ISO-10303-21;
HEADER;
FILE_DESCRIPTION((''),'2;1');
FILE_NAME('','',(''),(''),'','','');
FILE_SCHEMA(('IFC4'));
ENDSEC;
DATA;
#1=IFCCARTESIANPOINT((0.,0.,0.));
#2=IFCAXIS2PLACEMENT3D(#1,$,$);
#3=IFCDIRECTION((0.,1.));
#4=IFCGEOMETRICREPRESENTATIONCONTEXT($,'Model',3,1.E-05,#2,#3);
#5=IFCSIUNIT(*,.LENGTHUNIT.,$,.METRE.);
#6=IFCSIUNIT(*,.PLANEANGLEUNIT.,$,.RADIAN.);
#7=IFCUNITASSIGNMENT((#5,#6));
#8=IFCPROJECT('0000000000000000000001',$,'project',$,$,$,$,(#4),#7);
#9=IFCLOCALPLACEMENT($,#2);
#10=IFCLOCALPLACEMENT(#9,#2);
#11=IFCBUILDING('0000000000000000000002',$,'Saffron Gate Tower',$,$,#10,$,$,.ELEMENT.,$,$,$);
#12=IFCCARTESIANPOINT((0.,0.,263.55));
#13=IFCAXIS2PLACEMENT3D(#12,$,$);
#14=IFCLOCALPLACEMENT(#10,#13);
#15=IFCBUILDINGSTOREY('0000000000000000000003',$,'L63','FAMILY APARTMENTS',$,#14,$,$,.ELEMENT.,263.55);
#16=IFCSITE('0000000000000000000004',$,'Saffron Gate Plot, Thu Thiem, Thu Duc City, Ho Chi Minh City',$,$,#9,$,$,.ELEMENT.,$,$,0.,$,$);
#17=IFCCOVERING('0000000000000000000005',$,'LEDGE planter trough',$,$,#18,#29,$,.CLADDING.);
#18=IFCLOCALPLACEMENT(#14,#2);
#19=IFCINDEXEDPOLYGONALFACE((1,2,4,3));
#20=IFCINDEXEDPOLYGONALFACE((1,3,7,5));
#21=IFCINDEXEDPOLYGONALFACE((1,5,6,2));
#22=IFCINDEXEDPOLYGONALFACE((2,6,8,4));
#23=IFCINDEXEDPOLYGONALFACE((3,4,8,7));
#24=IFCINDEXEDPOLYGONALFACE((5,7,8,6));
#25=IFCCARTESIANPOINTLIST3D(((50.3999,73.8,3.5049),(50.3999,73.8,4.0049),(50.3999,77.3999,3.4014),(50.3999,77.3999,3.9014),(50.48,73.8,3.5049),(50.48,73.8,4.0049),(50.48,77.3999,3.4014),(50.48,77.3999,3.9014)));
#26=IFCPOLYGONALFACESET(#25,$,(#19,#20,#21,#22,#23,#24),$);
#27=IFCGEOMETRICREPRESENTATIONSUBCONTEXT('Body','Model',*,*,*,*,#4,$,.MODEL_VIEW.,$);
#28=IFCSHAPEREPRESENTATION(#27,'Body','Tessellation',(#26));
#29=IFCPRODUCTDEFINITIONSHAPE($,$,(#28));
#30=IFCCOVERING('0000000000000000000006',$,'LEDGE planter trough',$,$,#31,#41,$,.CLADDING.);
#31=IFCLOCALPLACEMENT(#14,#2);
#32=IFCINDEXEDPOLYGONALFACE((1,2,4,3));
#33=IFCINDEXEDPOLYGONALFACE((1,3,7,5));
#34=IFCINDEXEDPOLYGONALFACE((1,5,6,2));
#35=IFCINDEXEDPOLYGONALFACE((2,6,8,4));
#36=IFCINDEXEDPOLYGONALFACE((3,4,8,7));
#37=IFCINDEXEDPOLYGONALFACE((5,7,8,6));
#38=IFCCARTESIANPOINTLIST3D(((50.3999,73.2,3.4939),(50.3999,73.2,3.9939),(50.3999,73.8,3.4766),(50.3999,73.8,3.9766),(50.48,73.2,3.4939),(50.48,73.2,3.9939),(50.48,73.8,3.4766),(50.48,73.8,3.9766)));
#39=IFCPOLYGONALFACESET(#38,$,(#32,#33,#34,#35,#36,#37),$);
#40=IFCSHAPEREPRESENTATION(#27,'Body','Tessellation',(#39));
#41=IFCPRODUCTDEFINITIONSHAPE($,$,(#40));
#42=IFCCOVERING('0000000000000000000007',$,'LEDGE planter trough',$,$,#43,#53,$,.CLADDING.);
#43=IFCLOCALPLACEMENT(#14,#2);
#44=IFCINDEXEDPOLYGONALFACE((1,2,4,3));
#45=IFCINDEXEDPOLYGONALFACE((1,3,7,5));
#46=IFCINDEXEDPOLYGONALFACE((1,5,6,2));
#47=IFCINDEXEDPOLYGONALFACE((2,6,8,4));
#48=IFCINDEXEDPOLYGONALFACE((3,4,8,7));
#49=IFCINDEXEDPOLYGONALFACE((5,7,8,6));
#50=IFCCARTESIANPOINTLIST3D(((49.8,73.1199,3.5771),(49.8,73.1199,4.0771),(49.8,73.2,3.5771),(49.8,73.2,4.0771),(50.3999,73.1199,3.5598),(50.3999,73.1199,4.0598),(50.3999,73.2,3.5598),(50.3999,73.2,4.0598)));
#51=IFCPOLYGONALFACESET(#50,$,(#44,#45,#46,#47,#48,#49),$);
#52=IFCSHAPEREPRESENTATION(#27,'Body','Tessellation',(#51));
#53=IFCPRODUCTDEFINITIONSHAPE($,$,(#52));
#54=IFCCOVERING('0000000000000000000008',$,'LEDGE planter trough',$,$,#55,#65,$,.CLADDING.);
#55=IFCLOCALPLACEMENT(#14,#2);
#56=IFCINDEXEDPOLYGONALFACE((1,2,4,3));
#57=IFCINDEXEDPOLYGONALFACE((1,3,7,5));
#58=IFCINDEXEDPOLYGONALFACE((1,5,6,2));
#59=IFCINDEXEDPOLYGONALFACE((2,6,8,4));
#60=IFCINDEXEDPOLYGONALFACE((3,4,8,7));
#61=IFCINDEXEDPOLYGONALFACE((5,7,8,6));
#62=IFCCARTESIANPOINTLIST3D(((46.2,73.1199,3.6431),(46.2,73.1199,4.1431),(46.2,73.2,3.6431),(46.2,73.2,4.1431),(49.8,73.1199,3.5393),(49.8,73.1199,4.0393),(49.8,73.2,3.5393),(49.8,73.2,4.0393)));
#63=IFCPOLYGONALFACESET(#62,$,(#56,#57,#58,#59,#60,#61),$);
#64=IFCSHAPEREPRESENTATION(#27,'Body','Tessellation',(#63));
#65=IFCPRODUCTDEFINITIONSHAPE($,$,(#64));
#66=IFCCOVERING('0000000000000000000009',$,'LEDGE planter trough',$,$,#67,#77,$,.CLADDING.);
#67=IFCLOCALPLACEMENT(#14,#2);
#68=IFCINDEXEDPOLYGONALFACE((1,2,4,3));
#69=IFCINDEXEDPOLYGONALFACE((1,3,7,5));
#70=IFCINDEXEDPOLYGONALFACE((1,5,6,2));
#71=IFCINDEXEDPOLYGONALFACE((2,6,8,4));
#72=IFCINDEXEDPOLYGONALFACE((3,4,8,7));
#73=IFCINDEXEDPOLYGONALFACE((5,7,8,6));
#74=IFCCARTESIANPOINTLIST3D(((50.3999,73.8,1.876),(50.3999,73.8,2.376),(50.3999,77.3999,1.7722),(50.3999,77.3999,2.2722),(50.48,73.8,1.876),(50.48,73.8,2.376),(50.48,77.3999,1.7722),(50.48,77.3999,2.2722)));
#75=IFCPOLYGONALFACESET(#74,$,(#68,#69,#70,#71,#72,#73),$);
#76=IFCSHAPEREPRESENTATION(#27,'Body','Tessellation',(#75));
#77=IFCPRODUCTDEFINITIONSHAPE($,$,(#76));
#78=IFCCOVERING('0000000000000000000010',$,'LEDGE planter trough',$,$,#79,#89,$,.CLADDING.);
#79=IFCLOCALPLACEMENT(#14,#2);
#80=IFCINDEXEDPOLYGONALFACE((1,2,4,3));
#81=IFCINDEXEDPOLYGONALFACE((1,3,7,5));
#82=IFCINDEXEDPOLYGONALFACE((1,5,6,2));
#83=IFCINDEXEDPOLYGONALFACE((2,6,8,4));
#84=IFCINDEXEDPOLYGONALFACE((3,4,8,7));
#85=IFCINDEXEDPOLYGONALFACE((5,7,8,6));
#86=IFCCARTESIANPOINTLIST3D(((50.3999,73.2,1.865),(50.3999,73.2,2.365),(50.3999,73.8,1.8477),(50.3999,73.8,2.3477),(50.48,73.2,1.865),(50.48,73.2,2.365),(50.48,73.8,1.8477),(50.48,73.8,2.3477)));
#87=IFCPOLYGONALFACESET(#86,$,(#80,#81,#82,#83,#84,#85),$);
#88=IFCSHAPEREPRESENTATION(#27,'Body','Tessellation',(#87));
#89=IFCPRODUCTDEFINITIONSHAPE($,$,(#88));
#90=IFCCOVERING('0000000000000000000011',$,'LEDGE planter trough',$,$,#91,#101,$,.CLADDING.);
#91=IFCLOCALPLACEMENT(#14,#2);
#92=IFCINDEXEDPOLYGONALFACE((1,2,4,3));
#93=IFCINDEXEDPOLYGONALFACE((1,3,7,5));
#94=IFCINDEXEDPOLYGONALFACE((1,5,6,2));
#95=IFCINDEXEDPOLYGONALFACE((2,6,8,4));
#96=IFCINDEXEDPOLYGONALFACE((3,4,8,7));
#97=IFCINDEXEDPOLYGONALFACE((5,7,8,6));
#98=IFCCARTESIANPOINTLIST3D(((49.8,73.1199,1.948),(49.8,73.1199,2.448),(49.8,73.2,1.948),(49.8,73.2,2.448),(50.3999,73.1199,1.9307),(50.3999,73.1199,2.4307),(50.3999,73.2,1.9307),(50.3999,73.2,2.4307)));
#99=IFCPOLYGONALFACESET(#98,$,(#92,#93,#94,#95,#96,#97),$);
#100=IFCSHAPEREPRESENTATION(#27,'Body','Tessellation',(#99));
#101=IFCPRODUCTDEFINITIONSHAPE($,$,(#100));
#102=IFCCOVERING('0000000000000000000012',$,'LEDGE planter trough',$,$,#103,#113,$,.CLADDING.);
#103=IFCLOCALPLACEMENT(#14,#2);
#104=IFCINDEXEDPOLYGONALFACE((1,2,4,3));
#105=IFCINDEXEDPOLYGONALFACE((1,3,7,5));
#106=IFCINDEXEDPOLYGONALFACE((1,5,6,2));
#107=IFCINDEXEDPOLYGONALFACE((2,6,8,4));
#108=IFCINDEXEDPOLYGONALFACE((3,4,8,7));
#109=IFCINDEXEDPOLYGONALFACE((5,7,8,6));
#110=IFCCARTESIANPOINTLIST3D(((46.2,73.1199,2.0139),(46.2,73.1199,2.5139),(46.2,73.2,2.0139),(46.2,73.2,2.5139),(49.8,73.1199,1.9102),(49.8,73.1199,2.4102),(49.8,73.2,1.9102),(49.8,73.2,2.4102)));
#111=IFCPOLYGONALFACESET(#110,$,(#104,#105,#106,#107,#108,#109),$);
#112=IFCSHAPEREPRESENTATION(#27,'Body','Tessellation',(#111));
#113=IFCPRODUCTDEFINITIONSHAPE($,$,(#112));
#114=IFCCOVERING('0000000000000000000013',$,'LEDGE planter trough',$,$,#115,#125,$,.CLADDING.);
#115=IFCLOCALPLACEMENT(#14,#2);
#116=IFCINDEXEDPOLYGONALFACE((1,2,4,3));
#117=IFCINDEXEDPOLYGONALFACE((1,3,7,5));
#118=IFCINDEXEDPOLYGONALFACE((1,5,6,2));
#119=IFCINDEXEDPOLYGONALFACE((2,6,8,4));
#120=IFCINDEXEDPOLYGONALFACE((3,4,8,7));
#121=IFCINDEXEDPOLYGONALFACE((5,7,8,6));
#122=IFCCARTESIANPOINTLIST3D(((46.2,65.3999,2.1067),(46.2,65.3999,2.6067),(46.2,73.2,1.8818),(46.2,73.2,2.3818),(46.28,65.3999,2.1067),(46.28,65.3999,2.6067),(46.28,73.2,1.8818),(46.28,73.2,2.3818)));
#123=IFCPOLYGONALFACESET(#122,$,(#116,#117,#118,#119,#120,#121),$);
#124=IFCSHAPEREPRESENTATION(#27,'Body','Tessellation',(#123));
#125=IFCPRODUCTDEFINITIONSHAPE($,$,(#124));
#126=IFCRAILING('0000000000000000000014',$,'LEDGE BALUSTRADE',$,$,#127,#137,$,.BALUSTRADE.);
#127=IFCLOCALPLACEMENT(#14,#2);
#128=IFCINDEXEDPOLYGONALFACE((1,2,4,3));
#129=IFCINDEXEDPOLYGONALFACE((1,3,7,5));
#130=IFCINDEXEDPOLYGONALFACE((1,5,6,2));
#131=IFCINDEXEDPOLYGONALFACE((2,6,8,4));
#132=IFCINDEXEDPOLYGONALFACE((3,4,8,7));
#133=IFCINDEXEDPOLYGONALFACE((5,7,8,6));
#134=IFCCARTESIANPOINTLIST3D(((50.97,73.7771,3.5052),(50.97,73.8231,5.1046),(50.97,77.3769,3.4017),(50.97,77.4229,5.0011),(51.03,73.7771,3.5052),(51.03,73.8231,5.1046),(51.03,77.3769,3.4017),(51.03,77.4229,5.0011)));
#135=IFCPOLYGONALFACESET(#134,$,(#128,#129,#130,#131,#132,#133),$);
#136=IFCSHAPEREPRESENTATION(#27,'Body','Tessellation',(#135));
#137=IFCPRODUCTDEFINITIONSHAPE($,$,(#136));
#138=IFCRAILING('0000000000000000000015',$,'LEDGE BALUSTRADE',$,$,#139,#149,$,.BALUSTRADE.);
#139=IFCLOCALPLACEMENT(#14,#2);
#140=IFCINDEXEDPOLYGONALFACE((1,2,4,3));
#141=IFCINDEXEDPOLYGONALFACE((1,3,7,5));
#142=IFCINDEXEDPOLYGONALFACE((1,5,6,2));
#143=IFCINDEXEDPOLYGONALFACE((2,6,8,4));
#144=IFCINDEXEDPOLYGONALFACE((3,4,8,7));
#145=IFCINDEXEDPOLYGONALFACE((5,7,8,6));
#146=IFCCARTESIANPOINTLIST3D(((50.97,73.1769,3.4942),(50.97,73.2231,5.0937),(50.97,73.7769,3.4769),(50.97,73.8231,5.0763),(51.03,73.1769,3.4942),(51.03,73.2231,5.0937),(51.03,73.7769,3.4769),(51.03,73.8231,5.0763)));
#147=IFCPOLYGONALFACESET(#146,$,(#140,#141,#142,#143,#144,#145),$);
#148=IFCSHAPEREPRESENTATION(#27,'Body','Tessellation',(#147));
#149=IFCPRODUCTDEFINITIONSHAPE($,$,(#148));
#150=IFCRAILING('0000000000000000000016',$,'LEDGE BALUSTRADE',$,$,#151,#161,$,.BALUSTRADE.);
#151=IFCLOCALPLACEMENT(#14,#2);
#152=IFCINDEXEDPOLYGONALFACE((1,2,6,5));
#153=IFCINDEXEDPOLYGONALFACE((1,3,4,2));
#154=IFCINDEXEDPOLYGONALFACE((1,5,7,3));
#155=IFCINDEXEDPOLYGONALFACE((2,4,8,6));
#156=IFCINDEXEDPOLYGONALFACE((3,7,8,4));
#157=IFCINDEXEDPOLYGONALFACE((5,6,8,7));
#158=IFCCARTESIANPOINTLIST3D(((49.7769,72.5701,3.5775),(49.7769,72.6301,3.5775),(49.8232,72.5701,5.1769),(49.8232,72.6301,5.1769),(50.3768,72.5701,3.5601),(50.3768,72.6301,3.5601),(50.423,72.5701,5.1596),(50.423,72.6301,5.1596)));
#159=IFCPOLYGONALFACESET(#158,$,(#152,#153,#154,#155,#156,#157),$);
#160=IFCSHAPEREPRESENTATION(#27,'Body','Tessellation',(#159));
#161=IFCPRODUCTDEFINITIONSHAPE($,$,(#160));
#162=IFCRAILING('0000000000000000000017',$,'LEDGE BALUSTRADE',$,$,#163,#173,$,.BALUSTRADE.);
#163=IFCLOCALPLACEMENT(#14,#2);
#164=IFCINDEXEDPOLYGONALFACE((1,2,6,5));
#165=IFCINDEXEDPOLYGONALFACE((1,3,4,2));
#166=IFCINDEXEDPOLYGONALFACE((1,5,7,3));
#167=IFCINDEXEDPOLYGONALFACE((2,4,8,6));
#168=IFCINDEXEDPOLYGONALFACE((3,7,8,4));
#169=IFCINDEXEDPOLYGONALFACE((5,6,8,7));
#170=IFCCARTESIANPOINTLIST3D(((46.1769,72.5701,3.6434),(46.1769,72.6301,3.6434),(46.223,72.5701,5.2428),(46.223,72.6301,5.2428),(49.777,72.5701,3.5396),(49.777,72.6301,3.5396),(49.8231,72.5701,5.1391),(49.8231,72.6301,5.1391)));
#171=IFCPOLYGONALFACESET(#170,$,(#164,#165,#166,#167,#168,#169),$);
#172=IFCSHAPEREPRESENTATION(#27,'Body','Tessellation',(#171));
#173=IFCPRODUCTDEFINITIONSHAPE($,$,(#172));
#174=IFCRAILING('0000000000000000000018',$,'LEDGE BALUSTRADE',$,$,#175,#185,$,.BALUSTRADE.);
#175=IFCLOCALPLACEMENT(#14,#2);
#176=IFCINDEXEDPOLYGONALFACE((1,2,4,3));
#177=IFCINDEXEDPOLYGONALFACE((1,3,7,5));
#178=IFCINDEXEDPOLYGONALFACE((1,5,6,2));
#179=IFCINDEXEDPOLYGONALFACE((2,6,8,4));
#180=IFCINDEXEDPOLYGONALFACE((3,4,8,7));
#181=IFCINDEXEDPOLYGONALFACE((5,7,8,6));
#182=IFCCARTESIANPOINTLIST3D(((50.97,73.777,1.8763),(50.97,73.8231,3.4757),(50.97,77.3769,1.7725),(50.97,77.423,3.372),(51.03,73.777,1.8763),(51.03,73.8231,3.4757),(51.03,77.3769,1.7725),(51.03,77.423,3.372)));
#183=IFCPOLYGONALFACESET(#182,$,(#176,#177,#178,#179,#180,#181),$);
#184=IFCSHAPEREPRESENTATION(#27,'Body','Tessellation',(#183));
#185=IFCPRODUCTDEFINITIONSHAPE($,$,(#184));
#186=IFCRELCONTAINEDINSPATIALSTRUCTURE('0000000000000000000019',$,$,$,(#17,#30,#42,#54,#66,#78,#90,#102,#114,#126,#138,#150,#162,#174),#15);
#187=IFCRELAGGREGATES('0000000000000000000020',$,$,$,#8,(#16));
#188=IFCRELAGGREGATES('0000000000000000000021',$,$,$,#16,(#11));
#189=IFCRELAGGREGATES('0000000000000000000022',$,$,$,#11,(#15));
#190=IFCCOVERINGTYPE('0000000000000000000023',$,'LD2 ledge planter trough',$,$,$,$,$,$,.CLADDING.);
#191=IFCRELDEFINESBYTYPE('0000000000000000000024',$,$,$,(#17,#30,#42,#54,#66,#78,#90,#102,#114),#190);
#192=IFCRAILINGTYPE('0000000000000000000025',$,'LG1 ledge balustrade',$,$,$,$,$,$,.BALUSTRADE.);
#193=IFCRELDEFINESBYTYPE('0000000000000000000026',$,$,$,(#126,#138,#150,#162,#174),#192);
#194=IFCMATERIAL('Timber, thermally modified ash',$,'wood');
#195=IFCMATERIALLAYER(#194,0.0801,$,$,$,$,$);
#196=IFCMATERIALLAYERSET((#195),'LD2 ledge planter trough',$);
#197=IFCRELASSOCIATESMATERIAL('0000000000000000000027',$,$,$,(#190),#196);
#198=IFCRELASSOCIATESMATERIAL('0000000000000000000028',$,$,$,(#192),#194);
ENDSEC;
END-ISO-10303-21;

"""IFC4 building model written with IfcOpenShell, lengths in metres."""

from ifc_helpers import new_model, si_unit, direction, frame, origin, origin_2d, place, context, subcontext, project, spatial, polyline, rectangle, outline, extrude, material, layer, layer_set, type_object, element, save


model = new_model("IFC4")

# Units and contexts
model_context = context("Model", 3, precision=1e-05, world=origin(), true_north=direction((0.0, 1.0)))
body_context = subcontext(model_context, "Body", "Model", "MODEL_VIEW")
ifc_project = project(units=[si_unit("LENGTHUNIT", "METRE"), si_unit("PLANEANGLEUNIT", "RADIAN")], contexts=[model_context])

# Site, building, storey
site_placement = place(None, origin())
site = spatial("IfcSite", under=ifc_project, at=site_placement, Name="Saffron Gate Plot, Thu Thiem, Thu Duc City, Ho Chi Minh City", CompositionType="ELEMENT", RefElevation=0.0)
building_placement = place(site_placement, origin())
building = spatial("IfcBuilding", under=site, at=building_placement, Name="Saffron Gate Tower", CompositionType="ELEMENT")
storey_placement = place(building_placement, frame((0.0, 0.0, 263.55)))
storey = spatial("IfcBuildingStorey", under=building, at=storey_placement, Name="L63", Description="FAMILY APARTMENTS", CompositionType="ELEMENT", Elevation=263.55)

# Coverings
ifc_material_1 = material(Name="Timber, thermally modified ash", Category="wood")
ifc_layer_1 = layer(ifc_material_1, 0.0801)
ifc_layer_set_1 = layer_set([ifc_layer_1], Name="LD2 ledge planter trough")
covering_type_1 = type_object("IfcCoveringType", Name="LD2 ledge planter trough", PredefinedType="CLADDING", material=ifc_layer_set_1)
covering_1_placement = place(storey_placement, frame((50.3999, 77.3999, 3.4014), z_axis=(-1.0, 0.0, 0.0), x_axis=(0.0, -0.999587, 0.028744)))
element("IfcCovering", 1, at=covering_1_placement, inside=storey, type_object=covering_type_1, Name="LEDGE planter trough", PredefinedType="CLADDING", context=body_context, shape_type="SweptSolid", body=[
    extrude(outline(polyline([(0.0, 0.0), (3.6013, 0.0), (3.6157, 0.4998), (0.0144, 0.4998), (0.0, 0.0)])), origin(), (0.0, 0.0, -1.0), 0.0801),
])
covering_2_placement = place(storey_placement, frame((50.3999, 73.8, 3.4766), z_axis=(-1.0, 0.0, 0.0), x_axis=(0.0, -0.999583, 0.028873)))
element("IfcCovering", 2, at=covering_2_placement, inside=storey, type_object=covering_type_1, Name="LEDGE planter trough", PredefinedType="CLADDING", context=body_context, shape_type="SweptSolid", body=[
    extrude(outline(polyline([(0.0, 0.0), (0.6003, 0.0), (0.6148, 0.4998), (0.0144, 0.4998), (0.0, 0.0)])), origin(), (0.0, 0.0, -1.0), 0.0801),
])
covering_3_placement = place(storey_placement, frame((50.3999, 73.2, 3.5598), z_axis=(0.0, 1.0, 0.0), x_axis=(-0.999583, 0.0, 0.028885)))
element("IfcCovering", 3, at=covering_3_placement, inside=storey, type_object=covering_type_1, Name="LEDGE planter trough", PredefinedType="CLADDING", context=body_context, shape_type="SweptSolid", body=[
    extrude(outline(polyline([(0.0, 0.0), (0.6001, 0.0), (0.6145, 0.4998), (0.0144, 0.4998), (0.0, 0.0)])), origin(), (0.0, 0.0, -1.0), 0.0801),
])
covering_4_placement = place(storey_placement, frame((49.8, 73.2, 3.5393), z_axis=(0.0, 1.0, 0.0), x_axis=(-0.999585, 0.0, 0.028809)))
element("IfcCovering", 4, at=covering_4_placement, inside=storey, type_object=covering_type_1, Name="LEDGE planter trough", PredefinedType="CLADDING", context=body_context, shape_type="SweptSolid", body=[
    extrude(outline(polyline([(0.0, 0.0), (3.6016, 0.0), (3.616, 0.4998), (0.0144, 0.4998), (0.0, 0.0)])), origin(), (0.0, 0.0, -1.0), 0.0801),
])
covering_5_placement = place(storey_placement, frame((50.3999, 77.3999, 1.7722), z_axis=(-1.0, 0.0, 0.0), x_axis=(0.0, -0.999585, 0.028811)))
element("IfcCovering", 5, at=covering_5_placement, inside=storey, type_object=covering_type_1, Name="LEDGE planter trough", PredefinedType="CLADDING", context=body_context, shape_type="SweptSolid", body=[
    extrude(outline(polyline([(0.0, 0.0), (3.6013, 0.0), (3.6158, 0.4998), (0.0144, 0.4998), (0.0, 0.0)])), origin(), (0.0, 0.0, -1.0), 0.0801),
])
covering_6_placement = place(storey_placement, frame((50.3999, 73.8, 1.8477), z_axis=(-1.0, 0.0, 0.0), x_axis=(0.0, -0.999583, 0.028873)))
element("IfcCovering", 6, at=covering_6_placement, inside=storey, type_object=covering_type_1, Name="LEDGE planter trough", PredefinedType="CLADDING", context=body_context, shape_type="SweptSolid", body=[
    extrude(outline(polyline([(0.0, 0.0), (0.6003, 0.0), (0.6148, 0.4998), (0.0144, 0.4998), (0.0, 0.0)])), origin(), (0.0, 0.0, -1.0), 0.0801),
])
covering_7_placement = place(storey_placement, frame((50.3999, 73.2, 1.9307), z_axis=(0.0, 1.0, 0.0), x_axis=(-0.999583, 0.0, 0.028885)))
element("IfcCovering", 7, at=covering_7_placement, inside=storey, type_object=covering_type_1, Name="LEDGE planter trough", PredefinedType="CLADDING", context=body_context, shape_type="SweptSolid", body=[
    extrude(outline(polyline([(0.0, 0.0), (0.6001, 0.0), (0.6145, 0.4998), (0.0144, 0.4998), (0.0, 0.0)])), origin(), (0.0, 0.0, -1.0), 0.0801),
])
covering_8_placement = place(storey_placement, frame((49.8, 73.2, 1.9102), z_axis=(0.0, 1.0, 0.0), x_axis=(-0.999585, 0.0, 0.028809)))
element("IfcCovering", 8, at=covering_8_placement, inside=storey, type_object=covering_type_1, Name="LEDGE planter trough", PredefinedType="CLADDING", context=body_context, shape_type="SweptSolid", body=[
    extrude(outline(polyline([(0.0, 0.0), (3.6016, 0.0), (3.616, 0.4998), (0.0144, 0.4998), (0.0, 0.0)])), origin(), (0.0, 0.0, -1.0), 0.0801),
])
covering_9_placement = place(storey_placement, frame((46.2, 73.2, 1.8818), z_axis=(-1.0, 0.0, 0.0), x_axis=(0.0, -0.999585, 0.028815)))
element("IfcCovering", 9, at=covering_9_placement, inside=storey, type_object=covering_type_1, Name="LEDGE planter trough", PredefinedType="CLADDING", context=body_context, shape_type="SweptSolid", body=[
    extrude(outline(polyline([(0.0, 0.0), (7.8033, 0.0), (7.8177, 0.4998), (0.0144, 0.4998), (0.0, 0.0)])), origin(), (0.0, 0.0, -1.0), 0.0801),
])

# Railings
railing_type = type_object("IfcRailingType", Name="LG1 ledge balustrade", PredefinedType="BALUSTRADE", material=ifc_material_1)
railing_1_placement = place(storey_placement, frame((51.0, 77.3999, 3.4014)))
element("IfcRailing", 10, at=railing_1_placement, inside=storey, type_object=railing_type, Name="LEDGE BALUSTRADE", PredefinedType="BALUSTRADE", context=body_context, shape_type="SweptSolid", body=[
    extrude(rectangle(XDim=0.0601, YDim=1.6001, at=origin_2d()), frame((0.0, 0.0, 0.8), z_axis=(0.0, -0.999587, 0.028744), x_axis=(1.0, 0.0, 0.0)), (0.0, 0.0, 1.0), 3.6013),
])
railing_2_placement = place(storey_placement, frame((51.0, 73.8, 3.4766)))
element("IfcRailing", 11, at=railing_2_placement, inside=storey, type_object=railing_type, Name="LEDGE BALUSTRADE", PredefinedType="BALUSTRADE", context=body_context, shape_type="SweptSolid", body=[
    extrude(rectangle(XDim=0.0601, YDim=1.6001, at=origin_2d()), frame((0.0, 0.0, 0.8), z_axis=(0.0, -0.999583, 0.028873), x_axis=(1.0, 0.0, 0.0)), (0.0, 0.0, 1.0), 0.6003),
])
railing_3_placement = place(storey_placement, frame((50.3999, 72.6001, 3.5598)))
element("IfcRailing", 12, at=railing_3_placement, inside=storey, type_object=railing_type, Name="LEDGE BALUSTRADE", PredefinedType="BALUSTRADE", context=body_context, shape_type="SweptSolid", body=[
    extrude(rectangle(XDim=0.0601, YDim=1.6001, at=origin_2d()), frame((0.0, 0.0, 0.8), z_axis=(-0.999583, 0.0, 0.028885), x_axis=(0.0, -1.0, 0.0)), (0.0, 0.0, 1.0), 0.6001),
])
railing_4_placement = place(storey_placement, frame((49.8, 72.6001, 3.5393)))
element("IfcRailing", 13, at=railing_4_placement, inside=storey, type_object=railing_type, Name="LEDGE BALUSTRADE", PredefinedType="BALUSTRADE", context=body_context, shape_type="SweptSolid", body=[
    extrude(rectangle(XDim=0.0601, YDim=1.6001, at=origin_2d()), frame((0.0, 0.0, 0.8), z_axis=(-0.999585, 0.0, 0.028809), x_axis=(0.0, -1.0, 0.0)), (0.0, 0.0, 1.0), 3.6016),
])
railing_5_placement = place(storey_placement, frame((51.0, 77.3999, 1.7722)))
element("IfcRailing", 14, at=railing_5_placement, inside=storey, type_object=railing_type, Name="LEDGE BALUSTRADE", PredefinedType="BALUSTRADE", context=body_context, shape_type="SweptSolid", body=[
    extrude(rectangle(XDim=0.0601, YDim=1.6001, at=origin_2d()), frame((0.0, 0.0, 0.8), z_axis=(0.0, -0.999585, 0.028811), x_axis=(1.0, 0.0, 0.0)), (0.0, 0.0, 1.0), 3.6013),
])

save(model, "model.ifc")
